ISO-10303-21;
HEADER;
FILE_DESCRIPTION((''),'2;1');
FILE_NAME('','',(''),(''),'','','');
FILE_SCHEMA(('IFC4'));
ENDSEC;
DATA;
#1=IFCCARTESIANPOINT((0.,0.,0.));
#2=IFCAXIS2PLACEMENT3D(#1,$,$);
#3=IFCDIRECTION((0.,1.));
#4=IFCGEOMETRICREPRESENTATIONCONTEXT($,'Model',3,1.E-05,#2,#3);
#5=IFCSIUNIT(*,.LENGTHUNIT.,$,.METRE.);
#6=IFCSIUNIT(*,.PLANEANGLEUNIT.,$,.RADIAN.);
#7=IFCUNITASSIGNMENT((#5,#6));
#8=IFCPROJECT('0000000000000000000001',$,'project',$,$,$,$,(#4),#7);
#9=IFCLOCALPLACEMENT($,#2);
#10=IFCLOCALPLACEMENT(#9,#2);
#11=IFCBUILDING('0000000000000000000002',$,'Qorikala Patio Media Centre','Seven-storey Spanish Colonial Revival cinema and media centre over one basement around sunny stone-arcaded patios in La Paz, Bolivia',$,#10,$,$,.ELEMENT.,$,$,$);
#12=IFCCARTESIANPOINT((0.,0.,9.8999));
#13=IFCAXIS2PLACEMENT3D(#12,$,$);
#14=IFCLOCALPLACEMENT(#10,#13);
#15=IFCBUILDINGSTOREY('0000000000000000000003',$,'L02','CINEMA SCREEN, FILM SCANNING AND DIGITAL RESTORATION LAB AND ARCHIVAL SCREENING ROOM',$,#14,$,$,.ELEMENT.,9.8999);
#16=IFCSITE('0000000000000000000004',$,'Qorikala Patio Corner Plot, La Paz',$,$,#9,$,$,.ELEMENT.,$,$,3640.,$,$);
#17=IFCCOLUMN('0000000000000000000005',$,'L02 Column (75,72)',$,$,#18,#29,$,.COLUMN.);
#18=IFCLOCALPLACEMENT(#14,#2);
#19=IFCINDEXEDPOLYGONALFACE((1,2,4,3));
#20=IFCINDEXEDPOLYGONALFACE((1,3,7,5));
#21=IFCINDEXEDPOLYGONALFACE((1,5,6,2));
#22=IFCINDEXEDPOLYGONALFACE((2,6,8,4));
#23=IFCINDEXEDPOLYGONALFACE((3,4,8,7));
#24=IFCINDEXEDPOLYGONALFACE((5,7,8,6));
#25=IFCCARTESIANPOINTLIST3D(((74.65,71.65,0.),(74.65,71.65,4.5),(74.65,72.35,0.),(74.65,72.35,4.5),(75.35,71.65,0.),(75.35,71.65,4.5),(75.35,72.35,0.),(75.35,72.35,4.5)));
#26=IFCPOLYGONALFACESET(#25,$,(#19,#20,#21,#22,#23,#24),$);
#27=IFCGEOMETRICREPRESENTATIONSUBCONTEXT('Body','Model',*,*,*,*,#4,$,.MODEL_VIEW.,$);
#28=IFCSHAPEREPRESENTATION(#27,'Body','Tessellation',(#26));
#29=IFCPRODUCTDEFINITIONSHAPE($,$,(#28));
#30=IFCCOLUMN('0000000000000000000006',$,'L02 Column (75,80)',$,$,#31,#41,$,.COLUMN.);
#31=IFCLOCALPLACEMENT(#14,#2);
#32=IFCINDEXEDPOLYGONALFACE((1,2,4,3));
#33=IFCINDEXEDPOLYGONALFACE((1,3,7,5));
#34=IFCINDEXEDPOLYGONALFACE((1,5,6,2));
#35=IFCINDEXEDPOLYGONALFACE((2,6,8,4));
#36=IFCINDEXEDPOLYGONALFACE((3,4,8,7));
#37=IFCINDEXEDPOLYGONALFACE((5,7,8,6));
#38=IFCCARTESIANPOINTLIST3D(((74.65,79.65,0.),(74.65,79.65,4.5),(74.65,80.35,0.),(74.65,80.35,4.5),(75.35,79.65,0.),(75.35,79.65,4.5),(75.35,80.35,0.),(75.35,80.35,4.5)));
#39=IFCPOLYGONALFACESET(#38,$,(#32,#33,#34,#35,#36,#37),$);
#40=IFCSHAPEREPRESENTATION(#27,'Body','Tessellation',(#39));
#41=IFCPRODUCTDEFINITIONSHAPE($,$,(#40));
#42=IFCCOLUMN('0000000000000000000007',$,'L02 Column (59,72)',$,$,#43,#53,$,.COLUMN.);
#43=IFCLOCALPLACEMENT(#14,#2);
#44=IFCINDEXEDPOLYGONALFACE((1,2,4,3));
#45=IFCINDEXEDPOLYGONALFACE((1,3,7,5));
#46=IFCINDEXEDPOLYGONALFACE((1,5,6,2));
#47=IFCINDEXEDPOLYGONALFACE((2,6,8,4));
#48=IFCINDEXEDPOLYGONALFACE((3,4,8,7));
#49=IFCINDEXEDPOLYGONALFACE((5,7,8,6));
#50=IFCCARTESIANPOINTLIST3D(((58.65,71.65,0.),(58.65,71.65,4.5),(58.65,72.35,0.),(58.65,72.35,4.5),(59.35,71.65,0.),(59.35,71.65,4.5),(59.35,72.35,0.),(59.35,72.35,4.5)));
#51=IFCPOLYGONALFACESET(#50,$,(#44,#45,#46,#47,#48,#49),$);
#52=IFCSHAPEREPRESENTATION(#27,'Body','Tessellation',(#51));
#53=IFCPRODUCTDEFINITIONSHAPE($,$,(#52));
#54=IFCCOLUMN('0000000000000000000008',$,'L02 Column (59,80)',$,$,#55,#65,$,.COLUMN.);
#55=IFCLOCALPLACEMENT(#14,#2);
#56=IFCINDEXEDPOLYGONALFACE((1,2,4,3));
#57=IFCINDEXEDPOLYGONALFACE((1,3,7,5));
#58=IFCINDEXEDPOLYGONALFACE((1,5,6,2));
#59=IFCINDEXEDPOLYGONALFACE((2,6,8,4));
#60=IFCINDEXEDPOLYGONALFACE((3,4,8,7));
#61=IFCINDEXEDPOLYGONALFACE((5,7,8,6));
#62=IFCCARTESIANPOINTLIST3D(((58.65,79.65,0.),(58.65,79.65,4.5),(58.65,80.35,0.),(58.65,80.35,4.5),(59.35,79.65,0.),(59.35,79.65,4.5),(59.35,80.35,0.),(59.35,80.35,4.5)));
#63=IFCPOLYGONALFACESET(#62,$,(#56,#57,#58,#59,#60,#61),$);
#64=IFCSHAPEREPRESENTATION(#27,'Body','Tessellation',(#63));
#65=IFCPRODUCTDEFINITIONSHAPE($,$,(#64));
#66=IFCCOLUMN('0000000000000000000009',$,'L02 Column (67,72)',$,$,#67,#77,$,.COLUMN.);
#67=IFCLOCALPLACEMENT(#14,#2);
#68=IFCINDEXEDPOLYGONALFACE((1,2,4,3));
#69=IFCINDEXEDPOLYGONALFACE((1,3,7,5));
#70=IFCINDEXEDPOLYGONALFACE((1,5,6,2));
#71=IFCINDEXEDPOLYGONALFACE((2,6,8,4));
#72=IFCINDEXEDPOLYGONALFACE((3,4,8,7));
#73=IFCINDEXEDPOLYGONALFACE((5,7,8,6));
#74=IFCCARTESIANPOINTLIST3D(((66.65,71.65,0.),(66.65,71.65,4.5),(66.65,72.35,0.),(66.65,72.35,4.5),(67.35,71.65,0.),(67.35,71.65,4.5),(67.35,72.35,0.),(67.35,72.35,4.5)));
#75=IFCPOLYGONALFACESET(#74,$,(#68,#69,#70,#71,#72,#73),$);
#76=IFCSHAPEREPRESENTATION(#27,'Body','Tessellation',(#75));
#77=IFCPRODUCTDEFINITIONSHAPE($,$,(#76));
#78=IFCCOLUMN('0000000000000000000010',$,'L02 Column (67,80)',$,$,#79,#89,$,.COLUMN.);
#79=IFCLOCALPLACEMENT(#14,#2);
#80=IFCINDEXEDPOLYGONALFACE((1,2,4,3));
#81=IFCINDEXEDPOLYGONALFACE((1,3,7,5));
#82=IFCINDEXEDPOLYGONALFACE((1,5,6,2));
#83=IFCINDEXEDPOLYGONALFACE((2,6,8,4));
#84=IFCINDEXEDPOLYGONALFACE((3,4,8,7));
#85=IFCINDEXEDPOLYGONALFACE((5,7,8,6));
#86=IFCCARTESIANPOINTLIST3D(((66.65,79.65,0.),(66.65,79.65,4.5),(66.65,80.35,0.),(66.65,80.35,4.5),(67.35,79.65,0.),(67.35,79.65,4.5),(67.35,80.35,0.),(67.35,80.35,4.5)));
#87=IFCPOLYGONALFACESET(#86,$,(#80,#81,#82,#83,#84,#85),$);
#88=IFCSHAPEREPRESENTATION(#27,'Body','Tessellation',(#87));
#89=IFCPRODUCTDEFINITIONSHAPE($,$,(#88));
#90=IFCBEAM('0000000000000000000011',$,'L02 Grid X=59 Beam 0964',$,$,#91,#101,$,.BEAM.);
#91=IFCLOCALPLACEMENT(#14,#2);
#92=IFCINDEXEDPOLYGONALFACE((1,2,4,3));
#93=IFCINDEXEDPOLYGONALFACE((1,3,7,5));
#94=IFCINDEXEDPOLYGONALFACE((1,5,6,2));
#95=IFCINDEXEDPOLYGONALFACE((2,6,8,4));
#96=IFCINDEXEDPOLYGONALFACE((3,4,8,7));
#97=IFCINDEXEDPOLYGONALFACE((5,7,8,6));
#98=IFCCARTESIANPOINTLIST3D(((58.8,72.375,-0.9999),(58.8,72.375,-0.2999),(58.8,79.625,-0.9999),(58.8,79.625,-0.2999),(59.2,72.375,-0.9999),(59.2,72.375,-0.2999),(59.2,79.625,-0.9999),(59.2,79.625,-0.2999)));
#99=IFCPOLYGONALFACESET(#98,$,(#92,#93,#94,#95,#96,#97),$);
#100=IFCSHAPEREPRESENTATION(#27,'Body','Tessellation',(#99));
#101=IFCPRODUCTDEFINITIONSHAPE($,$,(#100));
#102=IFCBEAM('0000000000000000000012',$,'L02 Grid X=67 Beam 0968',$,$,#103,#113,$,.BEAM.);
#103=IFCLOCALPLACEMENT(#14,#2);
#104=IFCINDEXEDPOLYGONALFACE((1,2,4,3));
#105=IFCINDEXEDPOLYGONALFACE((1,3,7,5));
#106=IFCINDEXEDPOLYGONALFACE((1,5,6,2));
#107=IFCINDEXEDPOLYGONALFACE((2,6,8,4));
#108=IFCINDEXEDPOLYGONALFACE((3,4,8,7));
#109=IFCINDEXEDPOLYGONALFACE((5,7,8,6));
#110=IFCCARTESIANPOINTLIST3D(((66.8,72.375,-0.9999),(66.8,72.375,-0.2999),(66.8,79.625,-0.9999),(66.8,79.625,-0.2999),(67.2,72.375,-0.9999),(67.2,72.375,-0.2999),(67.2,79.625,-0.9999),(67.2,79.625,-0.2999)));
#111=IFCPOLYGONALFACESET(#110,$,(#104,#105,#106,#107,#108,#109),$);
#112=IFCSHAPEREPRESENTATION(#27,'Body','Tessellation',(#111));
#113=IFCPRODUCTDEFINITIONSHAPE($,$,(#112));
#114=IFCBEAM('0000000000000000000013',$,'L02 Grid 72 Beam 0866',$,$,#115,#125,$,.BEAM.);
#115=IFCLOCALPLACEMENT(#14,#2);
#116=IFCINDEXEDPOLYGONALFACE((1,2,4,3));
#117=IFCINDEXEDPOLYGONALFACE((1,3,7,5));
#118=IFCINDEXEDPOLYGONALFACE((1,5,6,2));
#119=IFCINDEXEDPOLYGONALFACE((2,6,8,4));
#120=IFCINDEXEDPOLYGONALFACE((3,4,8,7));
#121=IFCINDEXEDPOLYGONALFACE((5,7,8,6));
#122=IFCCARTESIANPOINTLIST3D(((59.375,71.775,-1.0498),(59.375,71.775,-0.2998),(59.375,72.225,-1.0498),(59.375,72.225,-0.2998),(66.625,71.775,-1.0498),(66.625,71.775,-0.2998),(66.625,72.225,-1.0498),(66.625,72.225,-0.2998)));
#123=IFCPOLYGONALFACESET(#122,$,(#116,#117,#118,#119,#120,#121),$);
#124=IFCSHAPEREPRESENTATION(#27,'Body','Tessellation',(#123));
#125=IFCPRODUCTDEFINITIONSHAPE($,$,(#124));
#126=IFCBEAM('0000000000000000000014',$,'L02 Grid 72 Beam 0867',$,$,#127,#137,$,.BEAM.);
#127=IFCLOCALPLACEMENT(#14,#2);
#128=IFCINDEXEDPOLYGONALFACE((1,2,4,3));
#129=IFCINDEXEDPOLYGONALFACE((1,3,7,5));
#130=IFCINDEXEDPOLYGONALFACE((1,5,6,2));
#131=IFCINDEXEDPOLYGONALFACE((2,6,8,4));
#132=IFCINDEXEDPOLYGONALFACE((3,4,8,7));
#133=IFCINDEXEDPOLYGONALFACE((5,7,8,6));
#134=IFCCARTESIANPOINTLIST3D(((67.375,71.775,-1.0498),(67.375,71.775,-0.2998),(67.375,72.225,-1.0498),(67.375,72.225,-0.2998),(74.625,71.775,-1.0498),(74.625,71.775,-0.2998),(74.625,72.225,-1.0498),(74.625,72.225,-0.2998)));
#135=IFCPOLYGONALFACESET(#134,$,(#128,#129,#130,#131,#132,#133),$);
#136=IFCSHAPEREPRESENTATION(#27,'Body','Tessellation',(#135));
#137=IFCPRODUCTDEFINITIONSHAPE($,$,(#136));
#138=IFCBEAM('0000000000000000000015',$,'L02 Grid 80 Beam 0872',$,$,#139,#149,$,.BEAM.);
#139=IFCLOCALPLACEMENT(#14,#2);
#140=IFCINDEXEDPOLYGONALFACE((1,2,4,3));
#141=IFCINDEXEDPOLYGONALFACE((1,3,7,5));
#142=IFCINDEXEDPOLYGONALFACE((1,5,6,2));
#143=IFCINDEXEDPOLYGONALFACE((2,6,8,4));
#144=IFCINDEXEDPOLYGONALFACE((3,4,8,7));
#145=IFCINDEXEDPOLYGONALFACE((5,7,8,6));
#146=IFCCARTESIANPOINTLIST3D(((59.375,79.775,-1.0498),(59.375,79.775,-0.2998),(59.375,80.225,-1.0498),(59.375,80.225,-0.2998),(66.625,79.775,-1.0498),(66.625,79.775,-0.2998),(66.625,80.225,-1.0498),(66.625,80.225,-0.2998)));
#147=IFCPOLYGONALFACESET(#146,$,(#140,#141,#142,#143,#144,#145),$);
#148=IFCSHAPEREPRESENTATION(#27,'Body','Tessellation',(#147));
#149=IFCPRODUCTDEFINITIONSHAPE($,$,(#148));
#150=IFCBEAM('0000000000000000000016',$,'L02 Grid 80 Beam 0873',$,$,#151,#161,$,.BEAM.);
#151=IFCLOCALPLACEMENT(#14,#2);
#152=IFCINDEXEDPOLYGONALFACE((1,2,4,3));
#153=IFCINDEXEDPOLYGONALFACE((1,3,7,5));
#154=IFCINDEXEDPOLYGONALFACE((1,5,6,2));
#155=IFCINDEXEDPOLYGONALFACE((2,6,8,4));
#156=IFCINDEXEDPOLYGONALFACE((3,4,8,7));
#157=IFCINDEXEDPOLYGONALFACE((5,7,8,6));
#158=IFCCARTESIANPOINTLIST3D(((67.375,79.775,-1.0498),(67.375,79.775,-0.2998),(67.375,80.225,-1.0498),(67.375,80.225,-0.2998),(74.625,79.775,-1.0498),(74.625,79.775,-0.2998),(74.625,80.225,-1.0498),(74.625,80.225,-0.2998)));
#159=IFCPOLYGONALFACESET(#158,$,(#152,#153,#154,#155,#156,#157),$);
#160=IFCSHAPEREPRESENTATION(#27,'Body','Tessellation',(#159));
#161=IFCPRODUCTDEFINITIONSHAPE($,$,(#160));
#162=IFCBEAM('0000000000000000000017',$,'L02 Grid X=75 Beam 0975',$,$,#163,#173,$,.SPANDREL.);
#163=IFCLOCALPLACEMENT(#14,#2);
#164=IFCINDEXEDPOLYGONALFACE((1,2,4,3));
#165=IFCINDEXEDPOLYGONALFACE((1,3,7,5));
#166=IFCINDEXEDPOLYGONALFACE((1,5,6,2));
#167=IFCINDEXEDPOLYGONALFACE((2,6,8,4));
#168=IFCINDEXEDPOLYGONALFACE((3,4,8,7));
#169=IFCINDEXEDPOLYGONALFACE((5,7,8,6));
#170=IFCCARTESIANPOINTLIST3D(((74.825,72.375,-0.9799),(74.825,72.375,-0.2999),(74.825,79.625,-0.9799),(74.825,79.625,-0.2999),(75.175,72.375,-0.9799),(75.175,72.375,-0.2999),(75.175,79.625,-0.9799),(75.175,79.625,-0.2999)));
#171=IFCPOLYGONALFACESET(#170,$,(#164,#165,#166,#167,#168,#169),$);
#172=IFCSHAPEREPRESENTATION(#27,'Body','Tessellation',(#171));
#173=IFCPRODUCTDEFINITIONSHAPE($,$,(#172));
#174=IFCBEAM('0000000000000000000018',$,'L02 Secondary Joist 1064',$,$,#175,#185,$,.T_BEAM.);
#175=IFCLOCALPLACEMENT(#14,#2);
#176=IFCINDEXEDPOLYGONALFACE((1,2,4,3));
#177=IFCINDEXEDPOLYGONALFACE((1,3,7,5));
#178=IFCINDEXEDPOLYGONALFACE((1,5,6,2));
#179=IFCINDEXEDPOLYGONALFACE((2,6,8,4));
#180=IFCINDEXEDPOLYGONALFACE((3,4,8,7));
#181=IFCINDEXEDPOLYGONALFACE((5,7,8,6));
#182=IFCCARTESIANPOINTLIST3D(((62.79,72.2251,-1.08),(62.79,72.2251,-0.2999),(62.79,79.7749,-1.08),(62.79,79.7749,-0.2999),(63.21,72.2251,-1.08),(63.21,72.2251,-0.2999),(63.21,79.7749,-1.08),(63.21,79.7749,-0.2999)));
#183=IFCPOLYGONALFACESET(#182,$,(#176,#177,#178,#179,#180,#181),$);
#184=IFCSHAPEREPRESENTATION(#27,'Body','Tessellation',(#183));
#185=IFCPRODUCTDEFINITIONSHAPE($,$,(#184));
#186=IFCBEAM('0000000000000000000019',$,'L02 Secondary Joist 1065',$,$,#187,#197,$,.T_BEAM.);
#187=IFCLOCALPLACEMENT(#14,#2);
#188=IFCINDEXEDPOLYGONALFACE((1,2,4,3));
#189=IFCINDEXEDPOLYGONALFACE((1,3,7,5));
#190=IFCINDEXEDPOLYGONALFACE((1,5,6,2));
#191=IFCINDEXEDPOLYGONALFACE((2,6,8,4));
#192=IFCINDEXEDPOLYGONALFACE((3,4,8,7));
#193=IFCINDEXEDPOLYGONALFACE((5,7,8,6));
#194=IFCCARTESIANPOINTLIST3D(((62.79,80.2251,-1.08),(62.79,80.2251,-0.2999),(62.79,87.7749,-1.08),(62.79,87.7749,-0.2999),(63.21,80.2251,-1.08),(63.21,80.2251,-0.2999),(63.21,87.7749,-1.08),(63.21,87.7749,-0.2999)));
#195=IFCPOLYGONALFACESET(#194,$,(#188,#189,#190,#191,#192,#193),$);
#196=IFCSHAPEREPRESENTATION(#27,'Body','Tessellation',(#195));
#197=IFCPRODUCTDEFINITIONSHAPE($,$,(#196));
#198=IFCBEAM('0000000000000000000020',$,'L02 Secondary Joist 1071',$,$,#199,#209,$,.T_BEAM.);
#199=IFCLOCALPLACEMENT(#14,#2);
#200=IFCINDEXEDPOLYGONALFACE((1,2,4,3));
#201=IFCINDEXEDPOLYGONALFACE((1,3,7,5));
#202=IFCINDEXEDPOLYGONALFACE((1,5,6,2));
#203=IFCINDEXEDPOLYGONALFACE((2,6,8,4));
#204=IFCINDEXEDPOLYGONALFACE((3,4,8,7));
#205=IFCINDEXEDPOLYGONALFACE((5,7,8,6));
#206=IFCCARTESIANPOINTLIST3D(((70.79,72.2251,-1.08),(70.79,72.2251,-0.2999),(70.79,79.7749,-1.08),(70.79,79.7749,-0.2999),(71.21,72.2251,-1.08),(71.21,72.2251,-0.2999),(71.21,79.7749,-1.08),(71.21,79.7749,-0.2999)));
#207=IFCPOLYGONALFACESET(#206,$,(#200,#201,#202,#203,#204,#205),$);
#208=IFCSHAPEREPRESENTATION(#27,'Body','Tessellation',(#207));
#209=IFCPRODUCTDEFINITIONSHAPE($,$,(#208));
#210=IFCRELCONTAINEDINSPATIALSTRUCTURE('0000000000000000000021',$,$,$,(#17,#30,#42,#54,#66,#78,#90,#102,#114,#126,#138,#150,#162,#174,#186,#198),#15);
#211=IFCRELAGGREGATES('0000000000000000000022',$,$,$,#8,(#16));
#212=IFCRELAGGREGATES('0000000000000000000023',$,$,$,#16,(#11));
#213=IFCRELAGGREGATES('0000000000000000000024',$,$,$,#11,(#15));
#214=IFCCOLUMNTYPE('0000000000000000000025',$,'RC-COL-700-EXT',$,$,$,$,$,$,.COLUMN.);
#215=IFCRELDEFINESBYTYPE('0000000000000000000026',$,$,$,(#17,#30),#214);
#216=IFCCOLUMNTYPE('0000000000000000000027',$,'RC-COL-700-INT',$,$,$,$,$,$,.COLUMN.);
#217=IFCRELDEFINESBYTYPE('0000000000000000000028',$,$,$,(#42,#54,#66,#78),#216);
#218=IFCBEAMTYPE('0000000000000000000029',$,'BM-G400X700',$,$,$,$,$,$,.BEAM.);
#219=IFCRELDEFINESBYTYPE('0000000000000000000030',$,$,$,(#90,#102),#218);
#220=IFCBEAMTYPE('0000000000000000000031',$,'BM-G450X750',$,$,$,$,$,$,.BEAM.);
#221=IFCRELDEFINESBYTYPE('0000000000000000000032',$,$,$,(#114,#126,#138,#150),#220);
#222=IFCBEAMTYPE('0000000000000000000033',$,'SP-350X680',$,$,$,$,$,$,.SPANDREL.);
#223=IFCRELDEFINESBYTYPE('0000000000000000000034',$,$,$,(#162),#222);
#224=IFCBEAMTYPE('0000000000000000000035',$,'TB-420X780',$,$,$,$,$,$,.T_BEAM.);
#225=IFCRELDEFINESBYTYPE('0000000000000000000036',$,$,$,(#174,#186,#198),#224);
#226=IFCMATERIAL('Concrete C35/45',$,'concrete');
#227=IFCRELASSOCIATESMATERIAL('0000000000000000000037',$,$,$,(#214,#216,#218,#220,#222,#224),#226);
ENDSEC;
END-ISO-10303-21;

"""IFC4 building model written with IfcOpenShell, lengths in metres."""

from ifc_helpers import new_model, si_unit, direction, frame, origin, origin_2d, place, context, subcontext, project, spatial, rectangle, extrude, material, material_profile, profile_set, type_object, element, save


model = new_model("IFC4")

# Units and contexts
model_context = context("Model", 3, precision=1e-05, world=origin(), true_north=direction((0.0, 1.0)))
body_context = subcontext(model_context, "Body", "Model", "MODEL_VIEW")
ifc_project = project(units=[si_unit("LENGTHUNIT", "METRE"), si_unit("PLANEANGLEUNIT", "RADIAN")], contexts=[model_context])

# Site, building, storey
site_placement = place(None, origin())
site = spatial("IfcSite", under=ifc_project, at=site_placement, Name="Qorikala Patio Corner Plot, La Paz", CompositionType="ELEMENT", RefElevation=3640.0)
building_placement = place(site_placement, origin())
building = spatial("IfcBuilding", under=site, at=building_placement, Name="Qorikala Patio Media Centre", Description="Seven-storey Spanish Colonial Revival cinema and media centre over one basement around sunny stone-arcaded patios in La Paz, Bolivia", CompositionType="ELEMENT")
storey_placement = place(building_placement, frame((0.0, 0.0, 9.8999)))
storey = spatial("IfcBuildingStorey", under=building, at=storey_placement, Name="L02", Description="CINEMA SCREEN, FILM SCANNING AND DIGITAL RESTORATION LAB AND ARCHIVAL SCREENING ROOM", CompositionType="ELEMENT", Elevation=9.8999)

# Columns
ifc_material_1 = material(Name="Concrete C35/45", Category="concrete")
ifc_material_profile_1 = material_profile(ifc_material_1, rectangle(XDim=0.7, YDim=0.7, at=origin_2d()), Name="RC 700x700")
ifc_profile_set_1 = profile_set([ifc_material_profile_1], Name="Concrete C35/45")
column_type_1 = type_object("IfcColumnType", Name="RC-COL-700-EXT", PredefinedType="COLUMN", material=ifc_profile_set_1)
for number, where, z_axis, x_axis, name in (
    (1, (75.0, 72.0, 0.0), (0.0, 0.0, 1.0), (1.0, 0.0, 0.0), "L02 Column (75,72)"),
    (2, (75.0, 80.0, 0.0), (0.0, 0.0, 1.0), (1.0, 0.0, 0.0), "L02 Column (75,80)"),
):
    element("IfcColumn", number, at=place(storey_placement, frame(where, z_axis=z_axis, x_axis=x_axis)), inside=storey, type_object=column_type_1, Name=name, PredefinedType="COLUMN", context=body_context, shape_type="SweptSolid", body=[
        extrude(rectangle(XDim=0.7, YDim=0.7, at=origin_2d()), origin(), (0.0, 0.0, 1.0), 4.5),
    ])
ifc_material_profile_2 = material_profile(ifc_material_1, rectangle(XDim=0.7, YDim=0.7, at=origin_2d()), Name="RC 700x700")
ifc_profile_set_2 = profile_set([ifc_material_profile_2], Name="Concrete C35/45")
column_type_2 = type_object("IfcColumnType", Name="RC-COL-700-INT", PredefinedType="COLUMN", material=ifc_profile_set_2)
for number, where, z_axis, x_axis, name in (
    (3, (59.0, 72.0, 0.0), (0.0, 0.0, 1.0), (1.0, 0.0, 0.0), "L02 Column (59,72)"),
    (4, (59.0, 80.0, 0.0), (0.0, 0.0, 1.0), (1.0, 0.0, 0.0), "L02 Column (59,80)"),
    (5, (67.0, 72.0, 0.0), (0.0, 0.0, 1.0), (1.0, 0.0, 0.0), "L02 Column (67,72)"),
    (6, (67.0, 80.0, 0.0), (0.0, 0.0, 1.0), (1.0, 0.0, 0.0), "L02 Column (67,80)"),
):
    element("IfcColumn", number, at=place(storey_placement, frame(where, z_axis=z_axis, x_axis=x_axis)), inside=storey, type_object=column_type_2, Name=name, PredefinedType="COLUMN", context=body_context, shape_type="SweptSolid", body=[
        extrude(rectangle(XDim=0.7, YDim=0.7, at=origin_2d()), origin(), (0.0, 0.0, 1.0), 4.5),
    ])

# Beams
ifc_material_profile_3 = material_profile(ifc_material_1, rectangle(XDim=0.3999, YDim=0.7, at=origin_2d()), Name="RC 400x700")
ifc_profile_set_3 = profile_set([ifc_material_profile_3], Name="Concrete C35/45")
beam_type_1 = type_object("IfcBeamType", Name="BM-G400X700", PredefinedType="BEAM", material=ifc_profile_set_3)
for number, where, z_axis, x_axis, name in (
    (7, (59.0, 72.375, -0.6499), (0.0, 1.0, 0.0), (-1.0, 0.0, 0.0), "L02 Grid X=59 Beam 0964"),
    (8, (67.0, 72.375, -0.6499), (0.0, 1.0, 0.0), (-1.0, 0.0, 0.0), "L02 Grid X=67 Beam 0968"),
):
    element("IfcBeam", number, at=place(storey_placement, frame(where, z_axis=z_axis, x_axis=x_axis)), inside=storey, type_object=beam_type_1, Name=name, PredefinedType="BEAM", context=body_context, shape_type="SweptSolid", body=[
        extrude(rectangle(XDim=0.3999, YDim=0.7, at=origin_2d()), origin(), (0.0, 0.0, 1.0), 7.25),
    ])
ifc_material_profile_4 = material_profile(ifc_material_1, rectangle(XDim=0.45, YDim=0.75, at=origin_2d()), Name="RC 450x750")
ifc_profile_set_4 = profile_set([ifc_material_profile_4], Name="Concrete C35/45")
beam_type_2 = type_object("IfcBeamType", Name="BM-G450X750", PredefinedType="BEAM", material=ifc_profile_set_4)
for number, where, z_axis, x_axis, name in (
    (9, (59.375, 72.0, -0.6748), (1.0, 0.0, 0.0), (0.0, 1.0, 0.0), "L02 Grid 72 Beam 0866"),
    (10, (67.375, 72.0, -0.6748), (1.0, 0.0, 0.0), (0.0, 1.0, 0.0), "L02 Grid 72 Beam 0867"),
    (11, (59.375, 80.0, -0.6748), (1.0, 0.0, 0.0), (0.0, 1.0, 0.0), "L02 Grid 80 Beam 0872"),
    (12, (67.375, 80.0, -0.6748), (1.0, 0.0, 0.0), (0.0, 1.0, 0.0), "L02 Grid 80 Beam 0873"),
):
    element("IfcBeam", number, at=place(storey_placement, frame(where, z_axis=z_axis, x_axis=x_axis)), inside=storey, type_object=beam_type_2, Name=name, PredefinedType="BEAM", context=body_context, shape_type="SweptSolid", body=[
        extrude(rectangle(XDim=0.45, YDim=0.75, at=origin_2d()), origin(), (0.0, 0.0, 1.0), 7.25),
    ])
ifc_material_profile_5 = material_profile(ifc_material_1, rectangle(XDim=0.3501, YDim=0.6799, at=origin_2d()), Name="RC 350x680")
ifc_profile_set_5 = profile_set([ifc_material_profile_5], Name="Concrete C35/45")
beam_type_3 = type_object("IfcBeamType", Name="SP-350X680", PredefinedType="SPANDREL", material=ifc_profile_set_5)
beam_placement = place(storey_placement, frame((75.0, 72.375, -0.6399), z_axis=(0.0, 1.0, 0.0), x_axis=(-1.0, 0.0, 0.0)))
element("IfcBeam", 13, at=beam_placement, inside=storey, type_object=beam_type_3, Name="L02 Grid X=75 Beam 0975", PredefinedType="SPANDREL", context=body_context, shape_type="SweptSolid", body=[
    extrude(rectangle(XDim=0.3501, YDim=0.6799, at=origin_2d()), origin(), (0.0, 0.0, 1.0), 7.25),
])
ifc_material_profile_6 = material_profile(ifc_material_1, rectangle(XDim=0.4199, YDim=0.78, at=origin_2d()), Name="RC 420x780")
ifc_profile_set_6 = profile_set([ifc_material_profile_6], Name="Concrete C35/45")
beam_type_4 = type_object("IfcBeamType", Name="TB-420X780", PredefinedType="T_BEAM", material=ifc_profile_set_6)
for number, where, z_axis, x_axis, name in (
    (14, (63.0, 72.2251, -0.6899), (0.0, 1.0, 0.0), (-1.0, 0.0, 0.0), "L02 Secondary Joist 1064"),
    (15, (63.0, 80.2251, -0.6899), (0.0, 1.0, 0.0), (-1.0, 0.0, 0.0), "L02 Secondary Joist 1065"),
    (16, (71.0, 72.2251, -0.6899), (0.0, 1.0, 0.0), (-1.0, 0.0, 0.0), "L02 Secondary Joist 1071"),
):
    element("IfcBeam", number, at=place(storey_placement, frame(where, z_axis=z_axis, x_axis=x_axis)), inside=storey, type_object=beam_type_4, Name=name, PredefinedType="T_BEAM", context=body_context, shape_type="SweptSolid", body=[
        extrude(rectangle(XDim=0.4199, YDim=0.78, at=origin_2d()), origin(), (0.0, 0.0, 1.0), 7.5498),
    ])

save(model, "model.ifc")
